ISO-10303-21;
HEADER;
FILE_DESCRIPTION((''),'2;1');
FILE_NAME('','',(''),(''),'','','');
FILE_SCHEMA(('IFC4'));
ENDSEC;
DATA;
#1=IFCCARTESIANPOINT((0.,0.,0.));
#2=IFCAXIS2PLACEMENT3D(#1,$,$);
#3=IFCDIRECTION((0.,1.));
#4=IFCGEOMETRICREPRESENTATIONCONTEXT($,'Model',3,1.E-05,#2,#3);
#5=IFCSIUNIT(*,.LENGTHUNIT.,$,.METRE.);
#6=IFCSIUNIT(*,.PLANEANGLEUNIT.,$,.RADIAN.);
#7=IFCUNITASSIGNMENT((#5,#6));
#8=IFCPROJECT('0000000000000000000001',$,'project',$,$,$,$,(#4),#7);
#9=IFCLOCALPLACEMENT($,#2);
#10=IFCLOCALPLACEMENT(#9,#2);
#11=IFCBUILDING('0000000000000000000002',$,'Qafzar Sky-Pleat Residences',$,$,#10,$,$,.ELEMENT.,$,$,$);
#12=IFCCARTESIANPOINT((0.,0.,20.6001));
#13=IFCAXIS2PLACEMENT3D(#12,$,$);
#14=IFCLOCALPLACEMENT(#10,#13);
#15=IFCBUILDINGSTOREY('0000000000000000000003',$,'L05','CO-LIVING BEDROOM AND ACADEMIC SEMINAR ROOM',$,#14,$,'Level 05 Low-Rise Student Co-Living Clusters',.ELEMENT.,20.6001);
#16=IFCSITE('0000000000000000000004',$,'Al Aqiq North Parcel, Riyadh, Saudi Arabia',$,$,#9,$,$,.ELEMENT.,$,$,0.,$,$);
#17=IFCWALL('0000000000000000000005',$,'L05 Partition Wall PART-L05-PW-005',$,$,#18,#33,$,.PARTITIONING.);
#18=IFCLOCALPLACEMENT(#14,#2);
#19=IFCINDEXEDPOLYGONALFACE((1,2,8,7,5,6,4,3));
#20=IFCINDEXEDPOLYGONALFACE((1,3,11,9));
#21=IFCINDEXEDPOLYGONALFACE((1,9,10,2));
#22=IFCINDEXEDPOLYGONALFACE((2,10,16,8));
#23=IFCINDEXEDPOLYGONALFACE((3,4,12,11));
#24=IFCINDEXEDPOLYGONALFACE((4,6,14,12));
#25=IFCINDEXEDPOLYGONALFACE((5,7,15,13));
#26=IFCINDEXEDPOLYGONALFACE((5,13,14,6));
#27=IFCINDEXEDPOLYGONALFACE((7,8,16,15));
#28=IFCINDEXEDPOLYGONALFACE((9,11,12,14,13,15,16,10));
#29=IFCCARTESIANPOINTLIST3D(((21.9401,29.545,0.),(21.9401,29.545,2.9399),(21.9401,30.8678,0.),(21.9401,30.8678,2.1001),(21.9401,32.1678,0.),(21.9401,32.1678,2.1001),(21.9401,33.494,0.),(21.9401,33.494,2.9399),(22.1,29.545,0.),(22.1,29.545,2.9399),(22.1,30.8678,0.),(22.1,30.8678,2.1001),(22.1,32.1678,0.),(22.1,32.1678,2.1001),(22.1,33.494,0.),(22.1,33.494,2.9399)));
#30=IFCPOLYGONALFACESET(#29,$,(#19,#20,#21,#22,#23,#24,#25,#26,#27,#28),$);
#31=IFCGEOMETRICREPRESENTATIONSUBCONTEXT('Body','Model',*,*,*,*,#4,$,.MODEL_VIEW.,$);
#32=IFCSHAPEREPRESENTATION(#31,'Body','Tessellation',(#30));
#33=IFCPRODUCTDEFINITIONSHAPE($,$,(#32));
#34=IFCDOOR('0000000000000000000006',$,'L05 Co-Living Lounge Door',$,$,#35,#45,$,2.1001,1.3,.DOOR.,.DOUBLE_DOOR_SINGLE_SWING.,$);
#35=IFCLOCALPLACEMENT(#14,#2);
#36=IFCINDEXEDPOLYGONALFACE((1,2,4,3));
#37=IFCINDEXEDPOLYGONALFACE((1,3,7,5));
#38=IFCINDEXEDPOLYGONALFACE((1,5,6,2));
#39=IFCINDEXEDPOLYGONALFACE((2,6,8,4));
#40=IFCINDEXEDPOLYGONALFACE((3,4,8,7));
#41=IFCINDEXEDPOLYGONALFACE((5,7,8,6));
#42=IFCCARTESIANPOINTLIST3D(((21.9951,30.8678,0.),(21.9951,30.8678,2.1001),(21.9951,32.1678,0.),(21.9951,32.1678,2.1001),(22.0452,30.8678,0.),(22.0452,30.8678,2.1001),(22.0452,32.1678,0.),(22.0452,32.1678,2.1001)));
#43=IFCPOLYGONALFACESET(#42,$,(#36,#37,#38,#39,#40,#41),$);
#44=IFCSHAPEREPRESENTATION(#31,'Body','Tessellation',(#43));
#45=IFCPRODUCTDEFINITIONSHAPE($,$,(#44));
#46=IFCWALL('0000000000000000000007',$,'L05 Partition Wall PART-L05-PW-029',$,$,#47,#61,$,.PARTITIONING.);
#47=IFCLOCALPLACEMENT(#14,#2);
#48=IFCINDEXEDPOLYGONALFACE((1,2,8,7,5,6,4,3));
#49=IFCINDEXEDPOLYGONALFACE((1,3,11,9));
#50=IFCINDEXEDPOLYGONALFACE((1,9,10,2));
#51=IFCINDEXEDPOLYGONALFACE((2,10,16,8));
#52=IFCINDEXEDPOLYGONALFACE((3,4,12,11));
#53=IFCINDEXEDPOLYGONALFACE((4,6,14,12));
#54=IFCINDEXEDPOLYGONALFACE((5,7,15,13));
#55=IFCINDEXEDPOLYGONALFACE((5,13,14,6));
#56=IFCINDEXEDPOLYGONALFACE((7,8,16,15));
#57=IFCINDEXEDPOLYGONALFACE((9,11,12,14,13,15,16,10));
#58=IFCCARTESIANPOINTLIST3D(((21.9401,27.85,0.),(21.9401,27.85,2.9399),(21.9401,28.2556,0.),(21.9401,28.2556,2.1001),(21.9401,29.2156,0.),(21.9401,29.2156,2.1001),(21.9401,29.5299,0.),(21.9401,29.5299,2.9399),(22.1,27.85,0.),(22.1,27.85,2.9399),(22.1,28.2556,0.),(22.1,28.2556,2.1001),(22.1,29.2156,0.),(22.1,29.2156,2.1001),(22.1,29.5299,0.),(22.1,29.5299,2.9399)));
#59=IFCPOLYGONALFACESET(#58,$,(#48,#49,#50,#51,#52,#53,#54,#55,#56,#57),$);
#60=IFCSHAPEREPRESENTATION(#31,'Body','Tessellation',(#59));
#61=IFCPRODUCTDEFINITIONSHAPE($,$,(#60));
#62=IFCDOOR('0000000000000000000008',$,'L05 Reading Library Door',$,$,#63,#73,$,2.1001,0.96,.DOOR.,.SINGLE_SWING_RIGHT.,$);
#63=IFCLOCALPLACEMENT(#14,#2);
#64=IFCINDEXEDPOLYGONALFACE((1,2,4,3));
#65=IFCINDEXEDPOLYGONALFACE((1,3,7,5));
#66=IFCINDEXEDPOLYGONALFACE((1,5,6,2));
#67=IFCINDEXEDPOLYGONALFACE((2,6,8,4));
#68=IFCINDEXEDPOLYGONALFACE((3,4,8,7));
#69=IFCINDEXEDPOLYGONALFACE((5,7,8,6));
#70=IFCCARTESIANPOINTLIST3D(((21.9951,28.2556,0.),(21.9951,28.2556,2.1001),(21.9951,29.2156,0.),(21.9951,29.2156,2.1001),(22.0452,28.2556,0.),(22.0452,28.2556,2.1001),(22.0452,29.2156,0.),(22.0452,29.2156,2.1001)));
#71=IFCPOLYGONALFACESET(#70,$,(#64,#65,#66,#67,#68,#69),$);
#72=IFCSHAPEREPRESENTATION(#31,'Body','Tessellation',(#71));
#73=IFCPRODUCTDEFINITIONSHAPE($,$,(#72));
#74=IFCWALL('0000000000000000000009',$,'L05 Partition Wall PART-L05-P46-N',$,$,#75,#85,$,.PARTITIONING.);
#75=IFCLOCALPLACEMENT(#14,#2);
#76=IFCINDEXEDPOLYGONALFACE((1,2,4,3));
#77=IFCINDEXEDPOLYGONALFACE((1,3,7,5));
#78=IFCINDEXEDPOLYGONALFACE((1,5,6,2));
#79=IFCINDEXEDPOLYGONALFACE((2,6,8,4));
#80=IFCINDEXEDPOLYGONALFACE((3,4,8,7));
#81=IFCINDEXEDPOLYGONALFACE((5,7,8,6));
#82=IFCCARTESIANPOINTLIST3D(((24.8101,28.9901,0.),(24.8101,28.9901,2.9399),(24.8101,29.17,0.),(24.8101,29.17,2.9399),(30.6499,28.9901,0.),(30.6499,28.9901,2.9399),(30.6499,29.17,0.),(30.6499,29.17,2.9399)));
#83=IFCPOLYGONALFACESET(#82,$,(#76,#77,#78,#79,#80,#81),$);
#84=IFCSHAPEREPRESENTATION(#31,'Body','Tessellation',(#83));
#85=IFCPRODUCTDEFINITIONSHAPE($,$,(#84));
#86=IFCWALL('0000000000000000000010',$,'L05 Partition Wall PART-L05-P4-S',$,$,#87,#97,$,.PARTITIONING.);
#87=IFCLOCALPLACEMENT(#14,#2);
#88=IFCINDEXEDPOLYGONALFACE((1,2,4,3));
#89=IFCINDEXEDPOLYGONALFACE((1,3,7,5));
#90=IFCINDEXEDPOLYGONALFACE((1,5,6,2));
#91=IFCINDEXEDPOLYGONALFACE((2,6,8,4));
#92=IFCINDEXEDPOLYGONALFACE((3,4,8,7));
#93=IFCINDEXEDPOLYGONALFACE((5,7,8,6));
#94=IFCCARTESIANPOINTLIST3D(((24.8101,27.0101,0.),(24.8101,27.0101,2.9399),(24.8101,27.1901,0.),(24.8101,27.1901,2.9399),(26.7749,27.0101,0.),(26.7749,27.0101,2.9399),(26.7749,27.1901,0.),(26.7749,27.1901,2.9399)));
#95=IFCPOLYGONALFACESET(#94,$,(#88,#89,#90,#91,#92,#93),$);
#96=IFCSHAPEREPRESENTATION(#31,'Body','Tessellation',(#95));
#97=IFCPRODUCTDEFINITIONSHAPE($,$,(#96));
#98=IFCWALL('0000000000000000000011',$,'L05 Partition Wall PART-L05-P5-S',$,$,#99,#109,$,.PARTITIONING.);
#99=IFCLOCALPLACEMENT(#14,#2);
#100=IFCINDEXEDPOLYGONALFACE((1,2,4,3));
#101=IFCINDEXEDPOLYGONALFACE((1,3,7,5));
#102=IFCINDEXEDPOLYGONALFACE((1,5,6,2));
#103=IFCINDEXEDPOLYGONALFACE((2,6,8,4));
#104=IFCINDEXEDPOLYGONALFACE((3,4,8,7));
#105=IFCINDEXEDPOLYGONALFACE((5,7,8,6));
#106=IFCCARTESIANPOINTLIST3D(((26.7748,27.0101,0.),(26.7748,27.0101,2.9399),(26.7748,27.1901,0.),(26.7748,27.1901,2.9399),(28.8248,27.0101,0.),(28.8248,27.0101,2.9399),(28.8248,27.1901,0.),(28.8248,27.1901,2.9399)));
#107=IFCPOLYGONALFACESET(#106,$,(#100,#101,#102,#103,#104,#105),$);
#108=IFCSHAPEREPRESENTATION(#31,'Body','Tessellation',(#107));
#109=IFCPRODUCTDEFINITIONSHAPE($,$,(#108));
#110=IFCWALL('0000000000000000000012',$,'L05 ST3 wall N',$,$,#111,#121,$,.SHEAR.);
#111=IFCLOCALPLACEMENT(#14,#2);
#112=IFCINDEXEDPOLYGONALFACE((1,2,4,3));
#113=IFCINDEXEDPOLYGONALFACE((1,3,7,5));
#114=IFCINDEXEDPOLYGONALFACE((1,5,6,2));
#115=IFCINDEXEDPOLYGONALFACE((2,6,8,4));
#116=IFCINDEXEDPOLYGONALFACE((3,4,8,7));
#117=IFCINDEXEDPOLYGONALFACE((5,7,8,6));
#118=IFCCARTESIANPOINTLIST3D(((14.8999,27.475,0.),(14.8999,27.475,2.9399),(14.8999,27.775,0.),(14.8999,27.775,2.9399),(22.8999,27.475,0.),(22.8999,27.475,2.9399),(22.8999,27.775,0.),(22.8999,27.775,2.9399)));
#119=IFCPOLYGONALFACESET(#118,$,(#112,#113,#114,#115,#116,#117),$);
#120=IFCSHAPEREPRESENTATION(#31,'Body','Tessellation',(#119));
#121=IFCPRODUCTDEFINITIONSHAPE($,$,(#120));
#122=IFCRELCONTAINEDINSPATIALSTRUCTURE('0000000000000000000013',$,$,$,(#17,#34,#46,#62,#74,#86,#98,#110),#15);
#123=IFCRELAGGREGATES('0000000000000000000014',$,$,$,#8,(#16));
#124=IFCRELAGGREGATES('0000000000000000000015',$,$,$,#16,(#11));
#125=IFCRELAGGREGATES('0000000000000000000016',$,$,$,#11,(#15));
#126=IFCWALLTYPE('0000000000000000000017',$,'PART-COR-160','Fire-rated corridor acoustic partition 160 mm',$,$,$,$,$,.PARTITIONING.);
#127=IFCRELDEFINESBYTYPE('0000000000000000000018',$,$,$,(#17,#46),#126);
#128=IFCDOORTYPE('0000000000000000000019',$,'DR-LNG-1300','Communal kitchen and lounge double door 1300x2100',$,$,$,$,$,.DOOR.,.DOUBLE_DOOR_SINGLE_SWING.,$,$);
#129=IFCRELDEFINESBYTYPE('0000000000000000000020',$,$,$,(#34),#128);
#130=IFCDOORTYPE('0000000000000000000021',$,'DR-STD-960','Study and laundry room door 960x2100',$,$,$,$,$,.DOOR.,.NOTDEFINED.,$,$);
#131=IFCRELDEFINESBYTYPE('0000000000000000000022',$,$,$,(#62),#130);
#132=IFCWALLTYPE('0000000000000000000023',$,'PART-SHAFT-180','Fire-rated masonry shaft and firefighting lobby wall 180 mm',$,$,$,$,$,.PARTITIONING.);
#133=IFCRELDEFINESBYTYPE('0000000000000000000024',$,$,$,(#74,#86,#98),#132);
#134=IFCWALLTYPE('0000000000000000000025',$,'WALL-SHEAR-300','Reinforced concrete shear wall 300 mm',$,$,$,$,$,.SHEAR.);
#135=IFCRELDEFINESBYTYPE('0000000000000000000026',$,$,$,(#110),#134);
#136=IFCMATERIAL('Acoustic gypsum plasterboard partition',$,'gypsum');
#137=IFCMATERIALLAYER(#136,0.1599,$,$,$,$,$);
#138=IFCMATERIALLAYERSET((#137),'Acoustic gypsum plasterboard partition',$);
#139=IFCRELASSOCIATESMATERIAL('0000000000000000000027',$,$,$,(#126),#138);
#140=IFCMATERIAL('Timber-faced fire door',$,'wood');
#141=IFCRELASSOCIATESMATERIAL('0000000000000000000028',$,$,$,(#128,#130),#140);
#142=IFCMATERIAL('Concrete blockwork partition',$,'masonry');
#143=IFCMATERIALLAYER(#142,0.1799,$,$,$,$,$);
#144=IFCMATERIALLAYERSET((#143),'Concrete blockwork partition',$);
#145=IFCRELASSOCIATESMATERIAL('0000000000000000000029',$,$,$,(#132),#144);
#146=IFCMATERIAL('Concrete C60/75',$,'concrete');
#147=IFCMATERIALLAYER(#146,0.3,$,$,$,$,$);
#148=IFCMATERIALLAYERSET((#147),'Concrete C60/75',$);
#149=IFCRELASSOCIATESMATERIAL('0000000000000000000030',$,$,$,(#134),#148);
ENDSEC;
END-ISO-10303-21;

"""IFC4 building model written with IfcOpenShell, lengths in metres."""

from ifc_helpers import new_model, si_unit, direction, frame, frame_2d, origin, place, context, subcontext, project, spatial, rectangle, extrude, source, transform, mapped, material, layer, layer_set, type_object, element, fill, save


model = new_model("IFC4")

# Units and contexts
model_context = context("Model", 3, precision=1e-05, world=origin(), true_north=direction((0.0, 1.0)))
body_context = subcontext(model_context, "Body", "Model", "MODEL_VIEW")
ifc_project = project(units=[si_unit("LENGTHUNIT", "METRE"), si_unit("PLANEANGLEUNIT", "RADIAN")], contexts=[model_context])

# Site, building, storey
site_placement = place(None, origin())
site = spatial("IfcSite", under=ifc_project, at=site_placement, Name="Al Aqiq North Parcel, Riyadh, Saudi Arabia", CompositionType="ELEMENT", RefElevation=0.0)
building_placement = place(site_placement, origin())
building = spatial("IfcBuilding", under=site, at=building_placement, Name="Qafzar Sky-Pleat Residences", CompositionType="ELEMENT")
storey_placement = place(building_placement, frame((0.0, 0.0, 20.6001)))
storey = spatial("IfcBuildingStorey", under=building, at=storey_placement, Name="L05", Description="CO-LIVING BEDROOM AND ACADEMIC SEMINAR ROOM", LongName="Level 05 Low-Rise Student Co-Living Clusters", CompositionType="ELEMENT", Elevation=20.6001)

# Walls, openings, doors
ifc_material_1 = material(Name="Acoustic gypsum plasterboard partition", Category="gypsum")
ifc_layer_1 = layer(ifc_material_1, 0.1599)
ifc_layer_set_1 = layer_set([ifc_layer_1], Name="Acoustic gypsum plasterboard partition")
wall_type_1 = type_object("IfcWallType", Name="PART-COR-160", Description="Fire-rated corridor acoustic partition 160 mm", PredefinedType="PARTITIONING", material=ifc_layer_set_1)
wall_1_placement = place(storey_placement, frame((22.02, 29.5449, 0.0), z_axis=(0.0, 0.0, 1.0), x_axis=(0.0, 1.0, 0.0)))
wall_1 = element("IfcWall", 1, at=wall_1_placement, inside=storey, type_object=wall_type_1, Name="L05 Partition Wall PART-L05-PW-005", PredefinedType="PARTITIONING", context=body_context, shape_type="SweptSolid", body=[
    extrude(rectangle(XDim=3.949, YDim=0.1599, at=frame_2d((1.9746, 0.0))), origin(), (0.0, 0.0, 1.0), 2.9399),
])
opening_1_placement = place(wall_1_placement, frame((1.323, 0.0, 0.0)))
opening_1 = element("IfcOpeningElement", 2, at=opening_1_placement, cuts=wall_1, PredefinedType="OPENING", context=body_context, shape_type="SweptSolid", body=[
    extrude(rectangle(XDim=1.3, YDim=2.1001, at=frame_2d((0.6499, 1.05))), frame((0.0, 0.0898, 0.0), z_axis=(0.0, -1.0, 0.0), x_axis=(1.0, 0.0, 0.0)), (0.0, 0.0, 1.0), 0.1799),
])
ifc_material_2 = material(Name="Timber-faced fire door", Category="wood")
door_type_1 = type_object("IfcDoorType", Name="DR-LNG-1300", Description="Communal kitchen and lounge double door 1300x2100", OperationType="DOUBLE_DOOR_SINGLE_SWING", PredefinedType="DOOR", material=ifc_material_2)
shared_shape_1 = source(origin(), body_context, "Body", "SweptSolid", [
    extrude(rectangle(XDim=1.3, YDim=2.1001, at=frame_2d((0.6499, 1.05))), frame((0.0, 0.0249, 0.0), z_axis=(0.0, -1.0, 0.0), x_axis=(1.0, 0.0, 0.0)), (0.0, 0.0, 1.0), 0.05),
])
door_1_placement = place(opening_1_placement, origin())
door_1 = element("IfcDoor", 3, at=door_1_placement, inside=storey, type_object=door_type_1, Name="L05 Co-Living Lounge Door", OperationType="DOUBLE_DOOR_SINGLE_SWING", OverallHeight=2.1001, OverallWidth=1.3, PredefinedType="DOOR", context=body_context, shape_type="MappedRepresentation", body=[
    mapped(shared_shape_1, transform((0.0, 0.0, 0.0), x_axis=(1.0, 0.0, 0.0), y_axis=(0.0, 1.0, 0.0), z_axis=(0.0, 0.0, 1.0), scale=1.0)),
])
fill(opening_1, door_1)
wall_2_placement = place(storey_placement, frame((22.02, 27.8501, 0.0), z_axis=(0.0, 0.0, 1.0), x_axis=(0.0, 1.0, 0.0)))
wall_2 = element("IfcWall", 4, at=wall_2_placement, inside=storey, type_object=wall_type_1, Name="L05 Partition Wall PART-L05-PW-029", PredefinedType="PARTITIONING", context=body_context, shape_type="SweptSolid", body=[
    extrude(rectangle(XDim=1.6799, YDim=0.1599, at=frame_2d((0.8398, 0.0))), origin(), (0.0, 0.0, 1.0), 2.9399),
])
opening_2_placement = place(wall_2_placement, frame((0.4055, 0.0, 0.0)))
opening_2 = element("IfcOpeningElement", 5, at=opening_2_placement, cuts=wall_2, PredefinedType="OPENING", context=body_context, shape_type="SweptSolid", body=[
    extrude(rectangle(XDim=0.96, YDim=2.1001, at=frame_2d((0.48, 1.05))), frame((0.0, 0.0898, 0.0), z_axis=(0.0, -1.0, 0.0), x_axis=(1.0, 0.0, 0.0)), (0.0, 0.0, 1.0), 0.1799),
])
door_type_2 = type_object("IfcDoorType", Name="DR-STD-960", Description="Study and laundry room door 960x2100", OperationType="NOTDEFINED", PredefinedType="DOOR", material=ifc_material_2)
shared_shape_2 = source(origin(), body_context, "Body", "SweptSolid", [
    extrude(rectangle(XDim=0.96, YDim=2.1001, at=frame_2d((0.48, 1.05))), frame((0.0, 0.0249, 0.0), z_axis=(0.0, -1.0, 0.0), x_axis=(1.0, 0.0, 0.0)), (0.0, 0.0, 1.0), 0.05),
])
door_2_placement = place(opening_2_placement, origin())
door_2 = element("IfcDoor", 6, at=door_2_placement, inside=storey, type_object=door_type_2, Name="L05 Reading Library Door", OperationType="SINGLE_SWING_RIGHT", OverallHeight=2.1001, OverallWidth=0.96, PredefinedType="DOOR", context=body_context, shape_type="MappedRepresentation", body=[
    mapped(shared_shape_2, transform((0.0, 0.0, 0.0), x_axis=(1.0, 0.0, 0.0), y_axis=(0.0, 1.0, 0.0), z_axis=(0.0, 0.0, 1.0), scale=1.0)),
])
fill(opening_2, door_2)
ifc_material_3 = material(Name="Concrete blockwork partition", Category="masonry")
ifc_layer_2 = layer(ifc_material_3, 0.1799)
ifc_layer_set_2 = layer_set([ifc_layer_2], Name="Concrete blockwork partition")
wall_type_2 = type_object("IfcWallType", Name="PART-SHAFT-180", Description="Fire-rated masonry shaft and firefighting lobby wall 180 mm", PredefinedType="PARTITIONING", material=ifc_layer_set_2)

# Walls
wall_3_placement = place(storey_placement, frame((24.8101, 29.0801, 0.0), z_axis=(0.0, 0.0, 1.0), x_axis=(1.0, 0.0, 0.0)))
element("IfcWall", 7, at=wall_3_placement, inside=storey, type_object=wall_type_2, Name="L05 Partition Wall PART-L05-P46-N", PredefinedType="PARTITIONING", context=body_context, shape_type="SweptSolid", body=[
    extrude(rectangle(XDim=5.8398, YDim=0.1799, at=frame_2d((2.9199, 0.0))), origin(), (0.0, 0.0, 1.0), 2.9399),
])
wall_4_placement = place(storey_placement, frame((24.8101, 27.1001, 0.0), z_axis=(0.0, 0.0, 1.0), x_axis=(1.0, 0.0, 0.0)))
element("IfcWall", 8, at=wall_4_placement, inside=storey, type_object=wall_type_2, Name="L05 Partition Wall PART-L05-P4-S", PredefinedType="PARTITIONING", context=body_context, shape_type="SweptSolid", body=[
    extrude(rectangle(XDim=1.9648, YDim=0.1799, at=frame_2d((0.9824, 0.0))), origin(), (0.0, 0.0, 1.0), 2.9399),
])
wall_5_placement = place(storey_placement, frame((26.7749, 27.1001, 0.0), z_axis=(0.0, 0.0, 1.0), x_axis=(1.0, 0.0, 0.0)))
element("IfcWall", 9, at=wall_5_placement, inside=storey, type_object=wall_type_2, Name="L05 Partition Wall PART-L05-P5-S", PredefinedType="PARTITIONING", context=body_context, shape_type="SweptSolid", body=[
    extrude(rectangle(XDim=2.05, YDim=0.1799, at=frame_2d((1.0249, 0.0))), origin(), (0.0, 0.0, 1.0), 2.9399),
])

# Shared definitions
ifc_material_4 = material(Name="Concrete C60/75", Category="concrete")
ifc_layer_3 = layer(ifc_material_4, 0.3)
ifc_layer_set_3 = layer_set([ifc_layer_3], Name="Concrete C60/75")
wall_type_3 = type_object("IfcWallType", Name="WALL-SHEAR-300", Description="Reinforced concrete shear wall 300 mm", PredefinedType="SHEAR", material=ifc_layer_set_3)

# Wall
wall_6_placement = place(storey_placement, frame((22.8999, 27.625, 0.0), z_axis=(0.0, 0.0, 1.0), x_axis=(-1.0, 0.0, 0.0)))
element("IfcWall", 10, at=wall_6_placement, inside=storey, type_object=wall_type_3, Name="L05 ST3 wall N", PredefinedType="SHEAR", context=body_context, shape_type="SweptSolid", body=[
    extrude(rectangle(XDim=8.0, YDim=0.3, at=frame_2d((4.0, 0.0))), origin(), (0.0, 0.0, 1.0), 2.9399),
])

save(model, "model.ifc")
